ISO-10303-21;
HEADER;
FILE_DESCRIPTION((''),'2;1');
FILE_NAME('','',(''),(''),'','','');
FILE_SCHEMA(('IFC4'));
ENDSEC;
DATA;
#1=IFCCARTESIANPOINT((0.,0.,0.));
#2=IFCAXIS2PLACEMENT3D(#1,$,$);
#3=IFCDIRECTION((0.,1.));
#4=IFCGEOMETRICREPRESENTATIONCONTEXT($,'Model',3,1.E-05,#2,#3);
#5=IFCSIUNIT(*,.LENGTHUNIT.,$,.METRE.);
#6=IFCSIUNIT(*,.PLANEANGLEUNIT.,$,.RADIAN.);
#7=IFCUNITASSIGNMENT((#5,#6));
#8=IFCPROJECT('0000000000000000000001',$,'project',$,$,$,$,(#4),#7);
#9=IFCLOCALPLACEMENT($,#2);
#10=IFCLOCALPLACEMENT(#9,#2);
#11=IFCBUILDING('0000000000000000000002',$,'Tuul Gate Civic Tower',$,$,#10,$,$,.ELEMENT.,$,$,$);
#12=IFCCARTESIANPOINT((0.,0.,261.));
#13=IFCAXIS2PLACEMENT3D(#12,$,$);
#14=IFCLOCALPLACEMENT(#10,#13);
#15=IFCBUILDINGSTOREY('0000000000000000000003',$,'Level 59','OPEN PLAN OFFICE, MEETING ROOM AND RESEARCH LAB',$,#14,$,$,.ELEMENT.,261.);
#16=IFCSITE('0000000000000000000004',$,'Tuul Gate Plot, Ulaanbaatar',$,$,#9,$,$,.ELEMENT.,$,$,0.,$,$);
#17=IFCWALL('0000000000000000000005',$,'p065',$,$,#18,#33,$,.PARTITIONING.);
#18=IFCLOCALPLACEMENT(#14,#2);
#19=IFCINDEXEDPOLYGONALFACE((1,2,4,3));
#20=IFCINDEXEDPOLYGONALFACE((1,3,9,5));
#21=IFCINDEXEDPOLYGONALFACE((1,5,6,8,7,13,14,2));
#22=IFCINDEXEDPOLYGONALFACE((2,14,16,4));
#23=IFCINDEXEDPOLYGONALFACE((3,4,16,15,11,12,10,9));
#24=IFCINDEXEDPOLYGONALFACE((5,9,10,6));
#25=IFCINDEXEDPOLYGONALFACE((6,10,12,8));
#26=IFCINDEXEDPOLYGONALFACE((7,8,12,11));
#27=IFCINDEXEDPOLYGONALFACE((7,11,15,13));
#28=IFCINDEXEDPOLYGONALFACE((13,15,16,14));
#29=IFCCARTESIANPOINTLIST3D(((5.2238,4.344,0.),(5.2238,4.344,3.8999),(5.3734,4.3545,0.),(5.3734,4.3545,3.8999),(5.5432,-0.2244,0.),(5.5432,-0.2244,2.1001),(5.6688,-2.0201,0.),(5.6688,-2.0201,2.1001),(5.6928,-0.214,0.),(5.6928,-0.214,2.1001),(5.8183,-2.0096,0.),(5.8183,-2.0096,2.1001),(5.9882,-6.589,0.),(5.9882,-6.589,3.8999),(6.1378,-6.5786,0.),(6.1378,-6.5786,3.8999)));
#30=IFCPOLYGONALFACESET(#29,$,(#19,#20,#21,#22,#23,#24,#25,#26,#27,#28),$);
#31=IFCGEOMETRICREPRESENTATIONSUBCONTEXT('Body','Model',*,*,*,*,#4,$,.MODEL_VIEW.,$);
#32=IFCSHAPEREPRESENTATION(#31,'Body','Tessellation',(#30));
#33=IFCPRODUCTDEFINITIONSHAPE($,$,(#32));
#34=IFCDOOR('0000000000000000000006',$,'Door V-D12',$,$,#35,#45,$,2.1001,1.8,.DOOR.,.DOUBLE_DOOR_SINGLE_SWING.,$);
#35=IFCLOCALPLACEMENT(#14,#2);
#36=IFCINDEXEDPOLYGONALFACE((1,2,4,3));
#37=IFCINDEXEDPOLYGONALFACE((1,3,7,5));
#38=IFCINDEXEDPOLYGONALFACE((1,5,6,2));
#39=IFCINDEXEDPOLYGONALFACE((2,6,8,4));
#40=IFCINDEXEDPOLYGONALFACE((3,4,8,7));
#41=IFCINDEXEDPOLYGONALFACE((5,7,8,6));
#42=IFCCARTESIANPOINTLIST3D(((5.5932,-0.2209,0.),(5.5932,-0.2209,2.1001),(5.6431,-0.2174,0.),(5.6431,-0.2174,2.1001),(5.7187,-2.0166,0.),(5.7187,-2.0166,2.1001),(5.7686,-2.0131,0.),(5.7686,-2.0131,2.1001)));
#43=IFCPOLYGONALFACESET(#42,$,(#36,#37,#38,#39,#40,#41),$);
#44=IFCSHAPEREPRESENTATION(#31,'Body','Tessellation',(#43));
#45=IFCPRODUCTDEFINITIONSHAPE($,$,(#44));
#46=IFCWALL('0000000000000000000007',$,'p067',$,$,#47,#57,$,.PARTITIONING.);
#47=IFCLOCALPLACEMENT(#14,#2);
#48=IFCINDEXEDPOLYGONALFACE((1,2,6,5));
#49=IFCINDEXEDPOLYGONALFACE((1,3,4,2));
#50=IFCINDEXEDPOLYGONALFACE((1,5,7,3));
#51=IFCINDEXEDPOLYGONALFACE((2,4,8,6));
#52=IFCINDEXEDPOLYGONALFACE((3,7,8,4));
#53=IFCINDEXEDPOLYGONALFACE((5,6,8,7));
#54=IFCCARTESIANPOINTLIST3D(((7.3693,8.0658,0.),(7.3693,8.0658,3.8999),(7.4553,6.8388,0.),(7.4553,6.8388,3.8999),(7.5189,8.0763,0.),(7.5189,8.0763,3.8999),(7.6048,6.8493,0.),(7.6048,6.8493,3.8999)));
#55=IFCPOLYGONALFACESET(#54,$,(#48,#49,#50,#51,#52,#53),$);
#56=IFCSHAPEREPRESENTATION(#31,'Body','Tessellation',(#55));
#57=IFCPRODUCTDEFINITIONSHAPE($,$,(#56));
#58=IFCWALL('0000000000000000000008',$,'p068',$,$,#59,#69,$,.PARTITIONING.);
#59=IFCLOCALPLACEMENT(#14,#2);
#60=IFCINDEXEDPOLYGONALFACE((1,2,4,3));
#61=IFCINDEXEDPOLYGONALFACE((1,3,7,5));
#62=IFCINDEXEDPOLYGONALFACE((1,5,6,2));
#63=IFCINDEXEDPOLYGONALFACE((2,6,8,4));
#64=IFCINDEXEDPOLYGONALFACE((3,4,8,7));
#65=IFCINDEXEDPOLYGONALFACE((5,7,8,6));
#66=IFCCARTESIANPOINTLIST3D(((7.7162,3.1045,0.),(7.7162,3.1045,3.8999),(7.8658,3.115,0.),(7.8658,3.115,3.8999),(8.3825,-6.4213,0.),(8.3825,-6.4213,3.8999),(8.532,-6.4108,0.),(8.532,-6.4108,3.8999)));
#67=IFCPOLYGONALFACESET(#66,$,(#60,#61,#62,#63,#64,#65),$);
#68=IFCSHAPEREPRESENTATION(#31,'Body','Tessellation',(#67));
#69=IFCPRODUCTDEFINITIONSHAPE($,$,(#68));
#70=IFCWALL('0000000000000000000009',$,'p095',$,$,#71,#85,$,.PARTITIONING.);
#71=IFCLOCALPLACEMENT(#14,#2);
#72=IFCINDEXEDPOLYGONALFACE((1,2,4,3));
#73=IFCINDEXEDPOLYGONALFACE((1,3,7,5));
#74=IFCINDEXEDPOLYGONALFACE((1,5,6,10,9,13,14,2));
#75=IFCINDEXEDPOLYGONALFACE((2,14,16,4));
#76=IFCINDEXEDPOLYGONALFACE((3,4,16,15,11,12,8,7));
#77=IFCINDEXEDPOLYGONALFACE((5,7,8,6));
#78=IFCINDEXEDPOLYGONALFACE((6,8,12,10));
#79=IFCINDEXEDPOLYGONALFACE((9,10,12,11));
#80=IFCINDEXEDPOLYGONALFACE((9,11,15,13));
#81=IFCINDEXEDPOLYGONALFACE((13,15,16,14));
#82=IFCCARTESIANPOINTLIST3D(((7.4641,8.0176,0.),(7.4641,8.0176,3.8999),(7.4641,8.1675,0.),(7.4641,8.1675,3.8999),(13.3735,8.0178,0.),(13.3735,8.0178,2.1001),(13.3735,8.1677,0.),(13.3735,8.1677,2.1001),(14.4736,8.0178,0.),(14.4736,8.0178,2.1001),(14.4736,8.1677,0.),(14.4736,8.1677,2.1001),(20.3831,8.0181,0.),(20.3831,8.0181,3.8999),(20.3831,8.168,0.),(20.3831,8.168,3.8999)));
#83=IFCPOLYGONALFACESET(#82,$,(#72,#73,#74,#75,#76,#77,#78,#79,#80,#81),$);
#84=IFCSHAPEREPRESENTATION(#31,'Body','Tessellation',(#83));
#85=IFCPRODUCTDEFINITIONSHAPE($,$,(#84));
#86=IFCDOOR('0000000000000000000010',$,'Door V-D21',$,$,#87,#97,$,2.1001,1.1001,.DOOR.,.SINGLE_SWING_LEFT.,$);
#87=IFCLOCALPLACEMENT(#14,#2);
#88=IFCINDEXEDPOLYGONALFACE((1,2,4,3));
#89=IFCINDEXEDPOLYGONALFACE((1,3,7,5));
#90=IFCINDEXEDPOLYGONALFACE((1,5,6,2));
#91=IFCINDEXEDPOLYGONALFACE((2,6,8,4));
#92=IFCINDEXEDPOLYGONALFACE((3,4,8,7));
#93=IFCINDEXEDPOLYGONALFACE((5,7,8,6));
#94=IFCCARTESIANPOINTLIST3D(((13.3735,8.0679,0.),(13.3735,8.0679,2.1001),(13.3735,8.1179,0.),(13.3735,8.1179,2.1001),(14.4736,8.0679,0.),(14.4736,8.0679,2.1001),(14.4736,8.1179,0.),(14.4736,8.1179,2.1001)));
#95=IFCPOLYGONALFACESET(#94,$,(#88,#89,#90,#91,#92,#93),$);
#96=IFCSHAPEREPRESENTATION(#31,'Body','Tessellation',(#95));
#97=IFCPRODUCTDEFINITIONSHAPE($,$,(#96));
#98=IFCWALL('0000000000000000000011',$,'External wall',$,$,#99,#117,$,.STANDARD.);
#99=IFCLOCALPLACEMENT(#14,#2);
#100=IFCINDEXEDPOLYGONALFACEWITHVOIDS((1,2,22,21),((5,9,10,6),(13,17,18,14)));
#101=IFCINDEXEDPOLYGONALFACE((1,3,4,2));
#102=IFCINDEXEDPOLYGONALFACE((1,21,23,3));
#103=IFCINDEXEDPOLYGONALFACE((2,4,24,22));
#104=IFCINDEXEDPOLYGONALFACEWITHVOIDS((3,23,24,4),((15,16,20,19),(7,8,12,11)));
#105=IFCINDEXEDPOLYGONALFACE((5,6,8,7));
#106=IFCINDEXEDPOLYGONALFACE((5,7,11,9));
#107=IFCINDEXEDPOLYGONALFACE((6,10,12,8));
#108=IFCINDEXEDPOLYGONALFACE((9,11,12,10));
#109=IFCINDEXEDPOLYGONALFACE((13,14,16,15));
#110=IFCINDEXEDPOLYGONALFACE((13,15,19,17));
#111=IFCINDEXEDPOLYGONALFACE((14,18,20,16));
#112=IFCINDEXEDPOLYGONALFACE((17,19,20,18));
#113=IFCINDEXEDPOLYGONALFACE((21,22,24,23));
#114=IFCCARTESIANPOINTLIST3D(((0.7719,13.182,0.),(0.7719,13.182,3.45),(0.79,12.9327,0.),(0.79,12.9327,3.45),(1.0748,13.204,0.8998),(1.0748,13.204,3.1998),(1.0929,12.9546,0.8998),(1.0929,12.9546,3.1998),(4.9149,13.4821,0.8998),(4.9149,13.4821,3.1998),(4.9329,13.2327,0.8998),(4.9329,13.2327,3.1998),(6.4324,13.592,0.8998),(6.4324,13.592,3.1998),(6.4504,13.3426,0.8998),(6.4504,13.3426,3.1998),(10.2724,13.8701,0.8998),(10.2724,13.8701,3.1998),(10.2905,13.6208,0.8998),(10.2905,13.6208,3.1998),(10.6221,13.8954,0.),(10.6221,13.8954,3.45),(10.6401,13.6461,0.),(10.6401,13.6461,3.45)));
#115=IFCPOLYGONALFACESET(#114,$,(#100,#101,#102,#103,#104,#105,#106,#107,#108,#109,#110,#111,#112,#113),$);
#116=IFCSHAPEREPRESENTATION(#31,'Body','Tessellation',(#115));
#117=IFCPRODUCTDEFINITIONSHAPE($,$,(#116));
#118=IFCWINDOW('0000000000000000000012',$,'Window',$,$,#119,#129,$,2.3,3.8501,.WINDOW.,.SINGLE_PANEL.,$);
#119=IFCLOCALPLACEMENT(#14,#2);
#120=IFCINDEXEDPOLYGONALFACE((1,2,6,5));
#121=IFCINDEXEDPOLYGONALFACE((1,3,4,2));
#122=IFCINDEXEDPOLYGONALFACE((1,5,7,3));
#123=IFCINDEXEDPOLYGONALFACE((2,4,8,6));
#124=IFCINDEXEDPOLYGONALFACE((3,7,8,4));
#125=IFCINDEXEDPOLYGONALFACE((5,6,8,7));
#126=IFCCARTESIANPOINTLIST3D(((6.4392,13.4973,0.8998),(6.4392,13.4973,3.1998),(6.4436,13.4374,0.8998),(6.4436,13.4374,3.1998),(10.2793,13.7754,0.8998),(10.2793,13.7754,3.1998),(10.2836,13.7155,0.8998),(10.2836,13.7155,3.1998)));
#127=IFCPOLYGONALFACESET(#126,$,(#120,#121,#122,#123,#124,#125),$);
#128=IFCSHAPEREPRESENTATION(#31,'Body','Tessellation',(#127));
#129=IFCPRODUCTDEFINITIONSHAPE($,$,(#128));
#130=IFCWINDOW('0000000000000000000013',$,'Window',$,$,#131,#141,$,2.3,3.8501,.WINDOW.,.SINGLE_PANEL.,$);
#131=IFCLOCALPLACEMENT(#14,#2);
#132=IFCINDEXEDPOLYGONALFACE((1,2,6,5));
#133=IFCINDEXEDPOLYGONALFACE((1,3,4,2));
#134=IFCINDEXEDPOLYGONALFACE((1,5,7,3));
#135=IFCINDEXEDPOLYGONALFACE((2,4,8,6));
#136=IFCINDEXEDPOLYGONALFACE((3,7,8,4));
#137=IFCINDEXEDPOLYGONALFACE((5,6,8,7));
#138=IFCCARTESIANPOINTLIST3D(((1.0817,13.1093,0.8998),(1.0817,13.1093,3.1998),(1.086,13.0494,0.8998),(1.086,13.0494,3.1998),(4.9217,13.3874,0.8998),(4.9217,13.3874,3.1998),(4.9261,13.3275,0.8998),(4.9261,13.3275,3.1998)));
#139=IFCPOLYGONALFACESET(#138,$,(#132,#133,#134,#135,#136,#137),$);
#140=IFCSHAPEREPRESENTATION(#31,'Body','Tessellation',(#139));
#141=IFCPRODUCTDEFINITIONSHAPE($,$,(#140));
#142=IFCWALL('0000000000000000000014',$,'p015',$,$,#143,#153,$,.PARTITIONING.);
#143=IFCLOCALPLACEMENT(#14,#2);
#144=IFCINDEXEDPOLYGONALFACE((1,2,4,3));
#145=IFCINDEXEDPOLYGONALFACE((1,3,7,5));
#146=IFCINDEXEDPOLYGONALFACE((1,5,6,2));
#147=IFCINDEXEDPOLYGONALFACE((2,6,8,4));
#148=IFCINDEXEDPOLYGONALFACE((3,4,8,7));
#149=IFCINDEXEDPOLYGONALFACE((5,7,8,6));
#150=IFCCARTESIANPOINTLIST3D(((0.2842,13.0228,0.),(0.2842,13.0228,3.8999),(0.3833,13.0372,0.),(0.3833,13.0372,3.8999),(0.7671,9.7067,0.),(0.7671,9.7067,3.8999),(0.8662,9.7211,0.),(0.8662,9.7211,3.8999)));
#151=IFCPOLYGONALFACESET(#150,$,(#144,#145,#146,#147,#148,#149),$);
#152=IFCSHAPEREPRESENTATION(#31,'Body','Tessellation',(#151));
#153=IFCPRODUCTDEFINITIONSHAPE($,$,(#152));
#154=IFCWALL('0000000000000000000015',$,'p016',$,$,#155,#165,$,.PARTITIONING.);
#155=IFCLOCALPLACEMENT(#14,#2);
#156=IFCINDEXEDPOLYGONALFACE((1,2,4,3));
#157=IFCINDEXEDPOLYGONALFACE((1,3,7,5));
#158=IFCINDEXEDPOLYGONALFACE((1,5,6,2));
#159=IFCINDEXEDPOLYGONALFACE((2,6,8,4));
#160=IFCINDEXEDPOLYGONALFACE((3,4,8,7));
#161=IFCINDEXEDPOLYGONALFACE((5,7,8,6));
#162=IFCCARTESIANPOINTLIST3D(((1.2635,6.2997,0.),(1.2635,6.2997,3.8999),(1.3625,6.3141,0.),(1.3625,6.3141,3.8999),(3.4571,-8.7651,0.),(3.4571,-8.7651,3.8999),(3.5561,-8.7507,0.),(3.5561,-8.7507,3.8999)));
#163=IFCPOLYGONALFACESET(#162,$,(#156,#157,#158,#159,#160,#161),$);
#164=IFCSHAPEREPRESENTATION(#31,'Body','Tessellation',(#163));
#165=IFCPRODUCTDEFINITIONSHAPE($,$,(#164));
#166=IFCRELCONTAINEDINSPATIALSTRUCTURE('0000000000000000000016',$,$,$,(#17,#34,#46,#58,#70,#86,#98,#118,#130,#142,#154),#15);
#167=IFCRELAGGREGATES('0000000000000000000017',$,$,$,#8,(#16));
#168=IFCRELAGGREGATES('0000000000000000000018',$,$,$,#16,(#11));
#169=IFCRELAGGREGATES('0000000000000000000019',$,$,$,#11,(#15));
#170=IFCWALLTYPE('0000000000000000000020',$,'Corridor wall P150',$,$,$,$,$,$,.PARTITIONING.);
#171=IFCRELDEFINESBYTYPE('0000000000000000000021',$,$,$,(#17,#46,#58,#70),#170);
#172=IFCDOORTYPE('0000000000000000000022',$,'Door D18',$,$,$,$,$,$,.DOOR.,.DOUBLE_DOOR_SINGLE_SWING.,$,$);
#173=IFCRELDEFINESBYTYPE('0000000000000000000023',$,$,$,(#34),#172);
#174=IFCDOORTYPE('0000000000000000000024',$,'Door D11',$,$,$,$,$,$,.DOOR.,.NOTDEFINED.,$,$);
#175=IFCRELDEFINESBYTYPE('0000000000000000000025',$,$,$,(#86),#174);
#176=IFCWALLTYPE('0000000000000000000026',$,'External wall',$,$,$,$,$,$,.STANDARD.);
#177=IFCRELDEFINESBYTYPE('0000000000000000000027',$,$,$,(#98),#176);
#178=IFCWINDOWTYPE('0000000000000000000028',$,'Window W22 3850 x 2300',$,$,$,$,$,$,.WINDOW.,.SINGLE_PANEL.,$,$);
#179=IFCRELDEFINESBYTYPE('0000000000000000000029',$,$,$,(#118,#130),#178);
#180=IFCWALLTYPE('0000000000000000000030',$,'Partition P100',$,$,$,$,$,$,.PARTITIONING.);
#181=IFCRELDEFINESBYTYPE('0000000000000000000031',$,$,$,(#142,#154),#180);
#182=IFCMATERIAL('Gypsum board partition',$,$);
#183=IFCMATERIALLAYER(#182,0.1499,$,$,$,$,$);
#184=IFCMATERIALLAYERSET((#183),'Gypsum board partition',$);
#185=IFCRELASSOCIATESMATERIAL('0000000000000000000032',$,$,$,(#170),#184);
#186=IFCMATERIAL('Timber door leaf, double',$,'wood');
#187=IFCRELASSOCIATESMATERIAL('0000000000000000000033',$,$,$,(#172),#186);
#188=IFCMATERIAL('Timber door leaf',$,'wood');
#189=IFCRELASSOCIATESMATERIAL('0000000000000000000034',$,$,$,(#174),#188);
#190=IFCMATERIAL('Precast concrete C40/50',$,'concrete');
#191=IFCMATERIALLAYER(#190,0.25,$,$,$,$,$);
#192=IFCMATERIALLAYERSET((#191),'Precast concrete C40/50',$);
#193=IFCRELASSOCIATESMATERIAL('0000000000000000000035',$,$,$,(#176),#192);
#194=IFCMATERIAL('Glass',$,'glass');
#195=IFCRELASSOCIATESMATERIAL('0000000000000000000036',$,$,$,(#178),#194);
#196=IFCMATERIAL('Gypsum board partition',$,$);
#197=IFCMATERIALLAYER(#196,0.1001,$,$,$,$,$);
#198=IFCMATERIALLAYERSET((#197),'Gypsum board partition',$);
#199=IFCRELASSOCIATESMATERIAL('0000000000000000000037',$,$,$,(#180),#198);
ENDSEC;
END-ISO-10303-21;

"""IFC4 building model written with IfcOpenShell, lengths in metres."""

from ifc_helpers import new_model, si_unit, direction, frame, frame_2d, origin, place, context, subcontext, project, spatial, rectangle, extrude, material, layer, layer_set, type_object, element, fill, save


model = new_model("IFC4")

# Units and contexts
model_context = context("Model", 3, precision=1e-05, world=origin(), true_north=direction((0.0, 1.0)))
body_context = subcontext(model_context, "Body", "Model", "MODEL_VIEW")
ifc_project = project(units=[si_unit("LENGTHUNIT", "METRE"), si_unit("PLANEANGLEUNIT", "RADIAN")], contexts=[model_context])

# Site, building, storey
site_placement = place(None, origin())
site = spatial("IfcSite", under=ifc_project, at=site_placement, Name="Tuul Gate Plot, Ulaanbaatar", CompositionType="ELEMENT", RefElevation=0.0)
building_placement = place(site_placement, origin())
building = spatial("IfcBuilding", under=site, at=building_placement, Name="Tuul Gate Civic Tower", CompositionType="ELEMENT")
storey_placement = place(building_placement, frame((0.0, 0.0, 261.0)))
storey = spatial("IfcBuildingStorey", under=building, at=storey_placement, Name="Level 59", Description="OPEN PLAN OFFICE, MEETING ROOM AND RESEARCH LAB", CompositionType="ELEMENT", Elevation=261.0)

# Shared definitions
ifc_material_1 = material(Name="Gypsum board partition")
ifc_layer_1 = layer(ifc_material_1, 0.1499)
ifc_layer_set_1 = layer_set([ifc_layer_1], Name="Gypsum board partition")
wall_type_1 = type_object("IfcWallType", Name="Corridor wall P150", PredefinedType="PARTITIONING", material=ifc_layer_set_1)

# Wall, opening, door
wall_1_placement = place(storey_placement, frame((5.2986, 4.3494, 0.0), z_axis=(0.0, 0.0, 1.0), x_axis=(0.069746, -0.997565, 0.0)))
wall_1 = element("IfcWall", 1, at=wall_1_placement, inside=storey, type_object=wall_type_1, Name="p065", PredefinedType="PARTITIONING", context=body_context, shape_type="SweptSolid", body=[
    extrude(rectangle(XDim=10.9597, YDim=0.1499, at=frame_2d((5.48, 0.0))), origin(), (0.0, 0.0, 1.0), 3.8999),
])
opening_1_placement = place(wall_1_placement, frame((4.5798, 0.0, 0.0)))
opening_1 = element("IfcOpeningElement", 2, at=opening_1_placement, cuts=wall_1, PredefinedType="OPENING", context=body_context, shape_type="SweptSolid", body=[
    extrude(rectangle(XDim=1.8, YDim=2.1001, at=frame_2d((0.8999, 1.05))), frame((0.0, 0.085, 0.0), z_axis=(0.0, -1.0, 0.0), x_axis=(1.0, 0.0, 0.0)), (0.0, 0.0, 1.0), 0.1699),
])
ifc_material_2 = material(Name="Timber door leaf, double", Category="wood")
door_type_1 = type_object("IfcDoorType", Name="Door D18", OperationType="DOUBLE_DOOR_SINGLE_SWING", PredefinedType="DOOR", material=ifc_material_2)
door_1_placement = place(opening_1_placement, frame((1.8, 0.0, 0.0), z_axis=(0.0, 0.0, 1.0), x_axis=(-1.0, 0.0, 0.0)))
door_1 = element("IfcDoor", 3, at=door_1_placement, inside=storey, type_object=door_type_1, Name="Door V-D12", OperationType="DOUBLE_DOOR_SINGLE_SWING", OverallHeight=2.1001, OverallWidth=1.8, PredefinedType="DOOR", context=body_context, shape_type="SweptSolid", body=[
    extrude(rectangle(XDim=1.8, YDim=2.1001, at=frame_2d((0.9001, 1.05))), frame((0.0, 0.0249, 0.0), z_axis=(0.0, -1.0, 0.0), x_axis=(1.0, 0.0, 0.0)), (0.0, 0.0, 1.0), 0.05),
])
fill(opening_1, door_1)

# Walls
wall_2_placement = place(storey_placement, frame((7.4441, 8.071, 0.0), z_axis=(0.0, 0.0, 1.0), x_axis=(0.069865, -0.997556, 0.0)))
element("IfcWall", 4, at=wall_2_placement, inside=storey, type_object=wall_type_1, Name="p067", PredefinedType="PARTITIONING", context=body_context, shape_type="SweptSolid", body=[
    extrude(rectangle(XDim=1.23, YDim=0.1499, at=frame_2d((0.615, 0.0))), origin(), (0.0, 0.0, 1.0), 3.8999),
])
wall_3_placement = place(storey_placement, frame((7.791, 3.1096, 0.0), z_axis=(0.0, 0.0, 1.0), x_axis=(0.069772, -0.997563, 0.0)))
element("IfcWall", 5, at=wall_3_placement, inside=storey, type_object=wall_type_1, Name="p068", PredefinedType="PARTITIONING", context=body_context, shape_type="SweptSolid", body=[
    extrude(rectangle(XDim=9.5491, YDim=0.1499, at=frame_2d((4.7744, 0.0))), origin(), (0.0, 0.0, 1.0), 3.8999),
])

# Wall, opening, door
wall_4_placement = place(storey_placement, frame((7.4641, 8.0925, 0.0), z_axis=(0.0, 0.0, 1.0), x_axis=(1.0, 0.000038, 0.0)))
wall_4 = element("IfcWall", 6, at=wall_4_placement, inside=storey, type_object=wall_type_1, Name="p095", PredefinedType="PARTITIONING", context=body_context, shape_type="SweptSolid", body=[
    extrude(rectangle(XDim=12.9189, YDim=0.1499, at=frame_2d((6.4595, 0.0))), origin(), (0.0, 0.0, 1.0), 3.8999),
])
opening_2_placement = place(wall_4_placement, frame((5.9094, 0.0, 0.0)))
opening_2 = element("IfcOpeningElement", 7, at=opening_2_placement, cuts=wall_4, PredefinedType="OPENING", context=body_context, shape_type="SweptSolid", body=[
    extrude(rectangle(XDim=1.1001, YDim=2.1001, at=frame_2d((0.55, 1.05))), frame((0.0, 0.085, 0.0), z_axis=(0.0, -1.0, 0.0), x_axis=(1.0, 0.0, 0.0)), (0.0, 0.0, 1.0), 0.1699),
])
ifc_material_3 = material(Name="Timber door leaf", Category="wood")
door_type_2 = type_object("IfcDoorType", Name="Door D11", OperationType="NOTDEFINED", PredefinedType="DOOR", material=ifc_material_3)
door_2_placement = place(opening_2_placement, frame((1.1001, 0.0, 0.0), z_axis=(0.0, 0.0, 1.0), x_axis=(-1.0, 0.0, 0.0)))
door_2 = element("IfcDoor", 8, at=door_2_placement, inside=storey, type_object=door_type_2, Name="Door V-D21", OperationType="SINGLE_SWING_LEFT", OverallHeight=2.1001, OverallWidth=1.1001, PredefinedType="DOOR", context=body_context, shape_type="SweptSolid", body=[
    extrude(rectangle(XDim=1.1001, YDim=2.1001, at=frame_2d((0.55, 1.05))), frame((0.0, 0.0249, 0.0), z_axis=(0.0, -1.0, 0.0), x_axis=(1.0, 0.0, 0.0)), (0.0, 0.0, 1.0), 0.05),
])
fill(opening_2, door_2)

# Wall, openings, windows
ifc_material_4 = material(Name="Precast concrete C40/50", Category="concrete")
ifc_layer_2 = layer(ifc_material_4, 0.25)
ifc_layer_set_2 = layer_set([ifc_layer_2], Name="Precast concrete C40/50")
wall_type_2 = type_object("IfcWallType", Name="External wall", PredefinedType="STANDARD", material=ifc_layer_set_2)
wall_5_placement = place(storey_placement, frame((10.6311, 13.7708, 0.0), z_axis=(0.0, 0.0, 1.0), x_axis=(-0.997388, -0.072234, 0.0)))
wall_5 = element("IfcWall", 9, at=wall_5_placement, inside=storey, type_object=wall_type_2, Name="External wall", PredefinedType="STANDARD", context=body_context, shape_type="SweptSolid", body=[
    extrude(rectangle(XDim=9.876, YDim=0.25, at=frame_2d((4.938, 0.0))), origin(), (0.0, 0.0, 1.0), 3.45),
])
opening_3_placement = place(wall_5_placement, frame((0.3506, 0.0, 0.8999)))
opening_3 = element("IfcOpeningElement", 10, at=opening_3_placement, cuts=wall_5, PredefinedType="OPENING", context=body_context, shape_type="SweptSolid", body=[
    extrude(rectangle(XDim=3.8501, YDim=2.3, at=frame_2d((1.925, 1.1499))), frame((0.0, 0.135, 0.0), z_axis=(0.0, -1.0, 0.0), x_axis=(1.0, 0.0, 0.0)), (0.0, 0.0, 1.0), 0.27),
])
opening_4_placement = place(wall_5_placement, frame((5.7222, 0.0, 0.8999)))
opening_4 = element("IfcOpeningElement", 11, at=opening_4_placement, cuts=wall_5, PredefinedType="OPENING", context=body_context, shape_type="SweptSolid", body=[
    extrude(rectangle(XDim=3.8501, YDim=2.3, at=frame_2d((1.925, 1.1499))), frame((0.0, 0.135, 0.0), z_axis=(0.0, -1.0, 0.0), x_axis=(1.0, 0.0, 0.0)), (0.0, 0.0, 1.0), 0.27),
])
ifc_material_5 = material(Name="Glass", Category="glass")
window_type = type_object("IfcWindowType", Name="Window W22 3850 x 2300", PartitioningType="SINGLE_PANEL", PredefinedType="WINDOW", material=ifc_material_5)
window_1_placement = place(opening_3_placement, origin())
window_1 = element("IfcWindow", 12, at=window_1_placement, inside=storey, type_object=window_type, Name="Window", OverallHeight=2.3, OverallWidth=3.8501, PartitioningType="SINGLE_PANEL", PredefinedType="WINDOW", context=body_context, shape_type="SweptSolid", body=[
    extrude(rectangle(XDim=3.8501, YDim=2.3, at=frame_2d((1.925, 1.1499))), frame((0.0, 0.03, 0.0), z_axis=(0.0, -1.0, 0.0), x_axis=(1.0, 0.0, 0.0)), (0.0, 0.0, 1.0), 0.0601),
])
fill(opening_3, window_1)
window_2_placement = place(opening_4_placement, origin())
window_2 = element("IfcWindow", 13, at=window_2_placement, inside=storey, type_object=window_type, Name="Window", OverallHeight=2.3, OverallWidth=3.8501, PartitioningType="SINGLE_PANEL", PredefinedType="WINDOW", context=body_context, shape_type="SweptSolid", body=[
    extrude(rectangle(XDim=3.8501, YDim=2.3, at=frame_2d((1.925, 1.1499))), frame((0.0, 0.03, 0.0), z_axis=(0.0, -1.0, 0.0), x_axis=(1.0, 0.0, 0.0)), (0.0, 0.0, 1.0), 0.0601),
])
fill(opening_4, window_2)

# Walls
ifc_material_6 = material(Name="Gypsum board partition")
ifc_layer_3 = layer(ifc_material_6, 0.1001)
ifc_layer_set_3 = layer_set([ifc_layer_3], Name="Gypsum board partition")
wall_type_3 = type_object("IfcWallType", Name="Partition P100", PredefinedType="PARTITIONING", material=ifc_layer_set_3)
wall_6_placement = place(storey_placement, frame((0.3337, 13.03, 0.0), z_axis=(0.0, 0.0, 1.0), x_axis=(0.144103, -0.989563, 0.0)))
element("IfcWall", 14, at=wall_6_placement, inside=storey, type_object=wall_type_3, Name="p015", PredefinedType="PARTITIONING", context=body_context, shape_type="SweptSolid", body=[
    extrude(rectangle(XDim=3.3511, YDim=0.1001, at=frame_2d((1.6755, 0.0))), origin(), (0.0, 0.0, 1.0), 3.8999),
])
wall_7_placement = place(storey_placement, frame((1.313, 6.3069, 0.0), z_axis=(0.0, 0.0, 1.0), x_axis=(0.144093, -0.989564, 0.0)))
element("IfcWall", 15, at=wall_7_placement, inside=storey, type_object=wall_type_3, Name="p016", PredefinedType="PARTITIONING", context=body_context, shape_type="SweptSolid", body=[
    extrude(rectangle(XDim=15.2236, YDim=0.1001, at=frame_2d((7.6118, 0.0))), origin(), (0.0, 0.0, 1.0), 3.8999),
])

save(model, "model.ifc")
